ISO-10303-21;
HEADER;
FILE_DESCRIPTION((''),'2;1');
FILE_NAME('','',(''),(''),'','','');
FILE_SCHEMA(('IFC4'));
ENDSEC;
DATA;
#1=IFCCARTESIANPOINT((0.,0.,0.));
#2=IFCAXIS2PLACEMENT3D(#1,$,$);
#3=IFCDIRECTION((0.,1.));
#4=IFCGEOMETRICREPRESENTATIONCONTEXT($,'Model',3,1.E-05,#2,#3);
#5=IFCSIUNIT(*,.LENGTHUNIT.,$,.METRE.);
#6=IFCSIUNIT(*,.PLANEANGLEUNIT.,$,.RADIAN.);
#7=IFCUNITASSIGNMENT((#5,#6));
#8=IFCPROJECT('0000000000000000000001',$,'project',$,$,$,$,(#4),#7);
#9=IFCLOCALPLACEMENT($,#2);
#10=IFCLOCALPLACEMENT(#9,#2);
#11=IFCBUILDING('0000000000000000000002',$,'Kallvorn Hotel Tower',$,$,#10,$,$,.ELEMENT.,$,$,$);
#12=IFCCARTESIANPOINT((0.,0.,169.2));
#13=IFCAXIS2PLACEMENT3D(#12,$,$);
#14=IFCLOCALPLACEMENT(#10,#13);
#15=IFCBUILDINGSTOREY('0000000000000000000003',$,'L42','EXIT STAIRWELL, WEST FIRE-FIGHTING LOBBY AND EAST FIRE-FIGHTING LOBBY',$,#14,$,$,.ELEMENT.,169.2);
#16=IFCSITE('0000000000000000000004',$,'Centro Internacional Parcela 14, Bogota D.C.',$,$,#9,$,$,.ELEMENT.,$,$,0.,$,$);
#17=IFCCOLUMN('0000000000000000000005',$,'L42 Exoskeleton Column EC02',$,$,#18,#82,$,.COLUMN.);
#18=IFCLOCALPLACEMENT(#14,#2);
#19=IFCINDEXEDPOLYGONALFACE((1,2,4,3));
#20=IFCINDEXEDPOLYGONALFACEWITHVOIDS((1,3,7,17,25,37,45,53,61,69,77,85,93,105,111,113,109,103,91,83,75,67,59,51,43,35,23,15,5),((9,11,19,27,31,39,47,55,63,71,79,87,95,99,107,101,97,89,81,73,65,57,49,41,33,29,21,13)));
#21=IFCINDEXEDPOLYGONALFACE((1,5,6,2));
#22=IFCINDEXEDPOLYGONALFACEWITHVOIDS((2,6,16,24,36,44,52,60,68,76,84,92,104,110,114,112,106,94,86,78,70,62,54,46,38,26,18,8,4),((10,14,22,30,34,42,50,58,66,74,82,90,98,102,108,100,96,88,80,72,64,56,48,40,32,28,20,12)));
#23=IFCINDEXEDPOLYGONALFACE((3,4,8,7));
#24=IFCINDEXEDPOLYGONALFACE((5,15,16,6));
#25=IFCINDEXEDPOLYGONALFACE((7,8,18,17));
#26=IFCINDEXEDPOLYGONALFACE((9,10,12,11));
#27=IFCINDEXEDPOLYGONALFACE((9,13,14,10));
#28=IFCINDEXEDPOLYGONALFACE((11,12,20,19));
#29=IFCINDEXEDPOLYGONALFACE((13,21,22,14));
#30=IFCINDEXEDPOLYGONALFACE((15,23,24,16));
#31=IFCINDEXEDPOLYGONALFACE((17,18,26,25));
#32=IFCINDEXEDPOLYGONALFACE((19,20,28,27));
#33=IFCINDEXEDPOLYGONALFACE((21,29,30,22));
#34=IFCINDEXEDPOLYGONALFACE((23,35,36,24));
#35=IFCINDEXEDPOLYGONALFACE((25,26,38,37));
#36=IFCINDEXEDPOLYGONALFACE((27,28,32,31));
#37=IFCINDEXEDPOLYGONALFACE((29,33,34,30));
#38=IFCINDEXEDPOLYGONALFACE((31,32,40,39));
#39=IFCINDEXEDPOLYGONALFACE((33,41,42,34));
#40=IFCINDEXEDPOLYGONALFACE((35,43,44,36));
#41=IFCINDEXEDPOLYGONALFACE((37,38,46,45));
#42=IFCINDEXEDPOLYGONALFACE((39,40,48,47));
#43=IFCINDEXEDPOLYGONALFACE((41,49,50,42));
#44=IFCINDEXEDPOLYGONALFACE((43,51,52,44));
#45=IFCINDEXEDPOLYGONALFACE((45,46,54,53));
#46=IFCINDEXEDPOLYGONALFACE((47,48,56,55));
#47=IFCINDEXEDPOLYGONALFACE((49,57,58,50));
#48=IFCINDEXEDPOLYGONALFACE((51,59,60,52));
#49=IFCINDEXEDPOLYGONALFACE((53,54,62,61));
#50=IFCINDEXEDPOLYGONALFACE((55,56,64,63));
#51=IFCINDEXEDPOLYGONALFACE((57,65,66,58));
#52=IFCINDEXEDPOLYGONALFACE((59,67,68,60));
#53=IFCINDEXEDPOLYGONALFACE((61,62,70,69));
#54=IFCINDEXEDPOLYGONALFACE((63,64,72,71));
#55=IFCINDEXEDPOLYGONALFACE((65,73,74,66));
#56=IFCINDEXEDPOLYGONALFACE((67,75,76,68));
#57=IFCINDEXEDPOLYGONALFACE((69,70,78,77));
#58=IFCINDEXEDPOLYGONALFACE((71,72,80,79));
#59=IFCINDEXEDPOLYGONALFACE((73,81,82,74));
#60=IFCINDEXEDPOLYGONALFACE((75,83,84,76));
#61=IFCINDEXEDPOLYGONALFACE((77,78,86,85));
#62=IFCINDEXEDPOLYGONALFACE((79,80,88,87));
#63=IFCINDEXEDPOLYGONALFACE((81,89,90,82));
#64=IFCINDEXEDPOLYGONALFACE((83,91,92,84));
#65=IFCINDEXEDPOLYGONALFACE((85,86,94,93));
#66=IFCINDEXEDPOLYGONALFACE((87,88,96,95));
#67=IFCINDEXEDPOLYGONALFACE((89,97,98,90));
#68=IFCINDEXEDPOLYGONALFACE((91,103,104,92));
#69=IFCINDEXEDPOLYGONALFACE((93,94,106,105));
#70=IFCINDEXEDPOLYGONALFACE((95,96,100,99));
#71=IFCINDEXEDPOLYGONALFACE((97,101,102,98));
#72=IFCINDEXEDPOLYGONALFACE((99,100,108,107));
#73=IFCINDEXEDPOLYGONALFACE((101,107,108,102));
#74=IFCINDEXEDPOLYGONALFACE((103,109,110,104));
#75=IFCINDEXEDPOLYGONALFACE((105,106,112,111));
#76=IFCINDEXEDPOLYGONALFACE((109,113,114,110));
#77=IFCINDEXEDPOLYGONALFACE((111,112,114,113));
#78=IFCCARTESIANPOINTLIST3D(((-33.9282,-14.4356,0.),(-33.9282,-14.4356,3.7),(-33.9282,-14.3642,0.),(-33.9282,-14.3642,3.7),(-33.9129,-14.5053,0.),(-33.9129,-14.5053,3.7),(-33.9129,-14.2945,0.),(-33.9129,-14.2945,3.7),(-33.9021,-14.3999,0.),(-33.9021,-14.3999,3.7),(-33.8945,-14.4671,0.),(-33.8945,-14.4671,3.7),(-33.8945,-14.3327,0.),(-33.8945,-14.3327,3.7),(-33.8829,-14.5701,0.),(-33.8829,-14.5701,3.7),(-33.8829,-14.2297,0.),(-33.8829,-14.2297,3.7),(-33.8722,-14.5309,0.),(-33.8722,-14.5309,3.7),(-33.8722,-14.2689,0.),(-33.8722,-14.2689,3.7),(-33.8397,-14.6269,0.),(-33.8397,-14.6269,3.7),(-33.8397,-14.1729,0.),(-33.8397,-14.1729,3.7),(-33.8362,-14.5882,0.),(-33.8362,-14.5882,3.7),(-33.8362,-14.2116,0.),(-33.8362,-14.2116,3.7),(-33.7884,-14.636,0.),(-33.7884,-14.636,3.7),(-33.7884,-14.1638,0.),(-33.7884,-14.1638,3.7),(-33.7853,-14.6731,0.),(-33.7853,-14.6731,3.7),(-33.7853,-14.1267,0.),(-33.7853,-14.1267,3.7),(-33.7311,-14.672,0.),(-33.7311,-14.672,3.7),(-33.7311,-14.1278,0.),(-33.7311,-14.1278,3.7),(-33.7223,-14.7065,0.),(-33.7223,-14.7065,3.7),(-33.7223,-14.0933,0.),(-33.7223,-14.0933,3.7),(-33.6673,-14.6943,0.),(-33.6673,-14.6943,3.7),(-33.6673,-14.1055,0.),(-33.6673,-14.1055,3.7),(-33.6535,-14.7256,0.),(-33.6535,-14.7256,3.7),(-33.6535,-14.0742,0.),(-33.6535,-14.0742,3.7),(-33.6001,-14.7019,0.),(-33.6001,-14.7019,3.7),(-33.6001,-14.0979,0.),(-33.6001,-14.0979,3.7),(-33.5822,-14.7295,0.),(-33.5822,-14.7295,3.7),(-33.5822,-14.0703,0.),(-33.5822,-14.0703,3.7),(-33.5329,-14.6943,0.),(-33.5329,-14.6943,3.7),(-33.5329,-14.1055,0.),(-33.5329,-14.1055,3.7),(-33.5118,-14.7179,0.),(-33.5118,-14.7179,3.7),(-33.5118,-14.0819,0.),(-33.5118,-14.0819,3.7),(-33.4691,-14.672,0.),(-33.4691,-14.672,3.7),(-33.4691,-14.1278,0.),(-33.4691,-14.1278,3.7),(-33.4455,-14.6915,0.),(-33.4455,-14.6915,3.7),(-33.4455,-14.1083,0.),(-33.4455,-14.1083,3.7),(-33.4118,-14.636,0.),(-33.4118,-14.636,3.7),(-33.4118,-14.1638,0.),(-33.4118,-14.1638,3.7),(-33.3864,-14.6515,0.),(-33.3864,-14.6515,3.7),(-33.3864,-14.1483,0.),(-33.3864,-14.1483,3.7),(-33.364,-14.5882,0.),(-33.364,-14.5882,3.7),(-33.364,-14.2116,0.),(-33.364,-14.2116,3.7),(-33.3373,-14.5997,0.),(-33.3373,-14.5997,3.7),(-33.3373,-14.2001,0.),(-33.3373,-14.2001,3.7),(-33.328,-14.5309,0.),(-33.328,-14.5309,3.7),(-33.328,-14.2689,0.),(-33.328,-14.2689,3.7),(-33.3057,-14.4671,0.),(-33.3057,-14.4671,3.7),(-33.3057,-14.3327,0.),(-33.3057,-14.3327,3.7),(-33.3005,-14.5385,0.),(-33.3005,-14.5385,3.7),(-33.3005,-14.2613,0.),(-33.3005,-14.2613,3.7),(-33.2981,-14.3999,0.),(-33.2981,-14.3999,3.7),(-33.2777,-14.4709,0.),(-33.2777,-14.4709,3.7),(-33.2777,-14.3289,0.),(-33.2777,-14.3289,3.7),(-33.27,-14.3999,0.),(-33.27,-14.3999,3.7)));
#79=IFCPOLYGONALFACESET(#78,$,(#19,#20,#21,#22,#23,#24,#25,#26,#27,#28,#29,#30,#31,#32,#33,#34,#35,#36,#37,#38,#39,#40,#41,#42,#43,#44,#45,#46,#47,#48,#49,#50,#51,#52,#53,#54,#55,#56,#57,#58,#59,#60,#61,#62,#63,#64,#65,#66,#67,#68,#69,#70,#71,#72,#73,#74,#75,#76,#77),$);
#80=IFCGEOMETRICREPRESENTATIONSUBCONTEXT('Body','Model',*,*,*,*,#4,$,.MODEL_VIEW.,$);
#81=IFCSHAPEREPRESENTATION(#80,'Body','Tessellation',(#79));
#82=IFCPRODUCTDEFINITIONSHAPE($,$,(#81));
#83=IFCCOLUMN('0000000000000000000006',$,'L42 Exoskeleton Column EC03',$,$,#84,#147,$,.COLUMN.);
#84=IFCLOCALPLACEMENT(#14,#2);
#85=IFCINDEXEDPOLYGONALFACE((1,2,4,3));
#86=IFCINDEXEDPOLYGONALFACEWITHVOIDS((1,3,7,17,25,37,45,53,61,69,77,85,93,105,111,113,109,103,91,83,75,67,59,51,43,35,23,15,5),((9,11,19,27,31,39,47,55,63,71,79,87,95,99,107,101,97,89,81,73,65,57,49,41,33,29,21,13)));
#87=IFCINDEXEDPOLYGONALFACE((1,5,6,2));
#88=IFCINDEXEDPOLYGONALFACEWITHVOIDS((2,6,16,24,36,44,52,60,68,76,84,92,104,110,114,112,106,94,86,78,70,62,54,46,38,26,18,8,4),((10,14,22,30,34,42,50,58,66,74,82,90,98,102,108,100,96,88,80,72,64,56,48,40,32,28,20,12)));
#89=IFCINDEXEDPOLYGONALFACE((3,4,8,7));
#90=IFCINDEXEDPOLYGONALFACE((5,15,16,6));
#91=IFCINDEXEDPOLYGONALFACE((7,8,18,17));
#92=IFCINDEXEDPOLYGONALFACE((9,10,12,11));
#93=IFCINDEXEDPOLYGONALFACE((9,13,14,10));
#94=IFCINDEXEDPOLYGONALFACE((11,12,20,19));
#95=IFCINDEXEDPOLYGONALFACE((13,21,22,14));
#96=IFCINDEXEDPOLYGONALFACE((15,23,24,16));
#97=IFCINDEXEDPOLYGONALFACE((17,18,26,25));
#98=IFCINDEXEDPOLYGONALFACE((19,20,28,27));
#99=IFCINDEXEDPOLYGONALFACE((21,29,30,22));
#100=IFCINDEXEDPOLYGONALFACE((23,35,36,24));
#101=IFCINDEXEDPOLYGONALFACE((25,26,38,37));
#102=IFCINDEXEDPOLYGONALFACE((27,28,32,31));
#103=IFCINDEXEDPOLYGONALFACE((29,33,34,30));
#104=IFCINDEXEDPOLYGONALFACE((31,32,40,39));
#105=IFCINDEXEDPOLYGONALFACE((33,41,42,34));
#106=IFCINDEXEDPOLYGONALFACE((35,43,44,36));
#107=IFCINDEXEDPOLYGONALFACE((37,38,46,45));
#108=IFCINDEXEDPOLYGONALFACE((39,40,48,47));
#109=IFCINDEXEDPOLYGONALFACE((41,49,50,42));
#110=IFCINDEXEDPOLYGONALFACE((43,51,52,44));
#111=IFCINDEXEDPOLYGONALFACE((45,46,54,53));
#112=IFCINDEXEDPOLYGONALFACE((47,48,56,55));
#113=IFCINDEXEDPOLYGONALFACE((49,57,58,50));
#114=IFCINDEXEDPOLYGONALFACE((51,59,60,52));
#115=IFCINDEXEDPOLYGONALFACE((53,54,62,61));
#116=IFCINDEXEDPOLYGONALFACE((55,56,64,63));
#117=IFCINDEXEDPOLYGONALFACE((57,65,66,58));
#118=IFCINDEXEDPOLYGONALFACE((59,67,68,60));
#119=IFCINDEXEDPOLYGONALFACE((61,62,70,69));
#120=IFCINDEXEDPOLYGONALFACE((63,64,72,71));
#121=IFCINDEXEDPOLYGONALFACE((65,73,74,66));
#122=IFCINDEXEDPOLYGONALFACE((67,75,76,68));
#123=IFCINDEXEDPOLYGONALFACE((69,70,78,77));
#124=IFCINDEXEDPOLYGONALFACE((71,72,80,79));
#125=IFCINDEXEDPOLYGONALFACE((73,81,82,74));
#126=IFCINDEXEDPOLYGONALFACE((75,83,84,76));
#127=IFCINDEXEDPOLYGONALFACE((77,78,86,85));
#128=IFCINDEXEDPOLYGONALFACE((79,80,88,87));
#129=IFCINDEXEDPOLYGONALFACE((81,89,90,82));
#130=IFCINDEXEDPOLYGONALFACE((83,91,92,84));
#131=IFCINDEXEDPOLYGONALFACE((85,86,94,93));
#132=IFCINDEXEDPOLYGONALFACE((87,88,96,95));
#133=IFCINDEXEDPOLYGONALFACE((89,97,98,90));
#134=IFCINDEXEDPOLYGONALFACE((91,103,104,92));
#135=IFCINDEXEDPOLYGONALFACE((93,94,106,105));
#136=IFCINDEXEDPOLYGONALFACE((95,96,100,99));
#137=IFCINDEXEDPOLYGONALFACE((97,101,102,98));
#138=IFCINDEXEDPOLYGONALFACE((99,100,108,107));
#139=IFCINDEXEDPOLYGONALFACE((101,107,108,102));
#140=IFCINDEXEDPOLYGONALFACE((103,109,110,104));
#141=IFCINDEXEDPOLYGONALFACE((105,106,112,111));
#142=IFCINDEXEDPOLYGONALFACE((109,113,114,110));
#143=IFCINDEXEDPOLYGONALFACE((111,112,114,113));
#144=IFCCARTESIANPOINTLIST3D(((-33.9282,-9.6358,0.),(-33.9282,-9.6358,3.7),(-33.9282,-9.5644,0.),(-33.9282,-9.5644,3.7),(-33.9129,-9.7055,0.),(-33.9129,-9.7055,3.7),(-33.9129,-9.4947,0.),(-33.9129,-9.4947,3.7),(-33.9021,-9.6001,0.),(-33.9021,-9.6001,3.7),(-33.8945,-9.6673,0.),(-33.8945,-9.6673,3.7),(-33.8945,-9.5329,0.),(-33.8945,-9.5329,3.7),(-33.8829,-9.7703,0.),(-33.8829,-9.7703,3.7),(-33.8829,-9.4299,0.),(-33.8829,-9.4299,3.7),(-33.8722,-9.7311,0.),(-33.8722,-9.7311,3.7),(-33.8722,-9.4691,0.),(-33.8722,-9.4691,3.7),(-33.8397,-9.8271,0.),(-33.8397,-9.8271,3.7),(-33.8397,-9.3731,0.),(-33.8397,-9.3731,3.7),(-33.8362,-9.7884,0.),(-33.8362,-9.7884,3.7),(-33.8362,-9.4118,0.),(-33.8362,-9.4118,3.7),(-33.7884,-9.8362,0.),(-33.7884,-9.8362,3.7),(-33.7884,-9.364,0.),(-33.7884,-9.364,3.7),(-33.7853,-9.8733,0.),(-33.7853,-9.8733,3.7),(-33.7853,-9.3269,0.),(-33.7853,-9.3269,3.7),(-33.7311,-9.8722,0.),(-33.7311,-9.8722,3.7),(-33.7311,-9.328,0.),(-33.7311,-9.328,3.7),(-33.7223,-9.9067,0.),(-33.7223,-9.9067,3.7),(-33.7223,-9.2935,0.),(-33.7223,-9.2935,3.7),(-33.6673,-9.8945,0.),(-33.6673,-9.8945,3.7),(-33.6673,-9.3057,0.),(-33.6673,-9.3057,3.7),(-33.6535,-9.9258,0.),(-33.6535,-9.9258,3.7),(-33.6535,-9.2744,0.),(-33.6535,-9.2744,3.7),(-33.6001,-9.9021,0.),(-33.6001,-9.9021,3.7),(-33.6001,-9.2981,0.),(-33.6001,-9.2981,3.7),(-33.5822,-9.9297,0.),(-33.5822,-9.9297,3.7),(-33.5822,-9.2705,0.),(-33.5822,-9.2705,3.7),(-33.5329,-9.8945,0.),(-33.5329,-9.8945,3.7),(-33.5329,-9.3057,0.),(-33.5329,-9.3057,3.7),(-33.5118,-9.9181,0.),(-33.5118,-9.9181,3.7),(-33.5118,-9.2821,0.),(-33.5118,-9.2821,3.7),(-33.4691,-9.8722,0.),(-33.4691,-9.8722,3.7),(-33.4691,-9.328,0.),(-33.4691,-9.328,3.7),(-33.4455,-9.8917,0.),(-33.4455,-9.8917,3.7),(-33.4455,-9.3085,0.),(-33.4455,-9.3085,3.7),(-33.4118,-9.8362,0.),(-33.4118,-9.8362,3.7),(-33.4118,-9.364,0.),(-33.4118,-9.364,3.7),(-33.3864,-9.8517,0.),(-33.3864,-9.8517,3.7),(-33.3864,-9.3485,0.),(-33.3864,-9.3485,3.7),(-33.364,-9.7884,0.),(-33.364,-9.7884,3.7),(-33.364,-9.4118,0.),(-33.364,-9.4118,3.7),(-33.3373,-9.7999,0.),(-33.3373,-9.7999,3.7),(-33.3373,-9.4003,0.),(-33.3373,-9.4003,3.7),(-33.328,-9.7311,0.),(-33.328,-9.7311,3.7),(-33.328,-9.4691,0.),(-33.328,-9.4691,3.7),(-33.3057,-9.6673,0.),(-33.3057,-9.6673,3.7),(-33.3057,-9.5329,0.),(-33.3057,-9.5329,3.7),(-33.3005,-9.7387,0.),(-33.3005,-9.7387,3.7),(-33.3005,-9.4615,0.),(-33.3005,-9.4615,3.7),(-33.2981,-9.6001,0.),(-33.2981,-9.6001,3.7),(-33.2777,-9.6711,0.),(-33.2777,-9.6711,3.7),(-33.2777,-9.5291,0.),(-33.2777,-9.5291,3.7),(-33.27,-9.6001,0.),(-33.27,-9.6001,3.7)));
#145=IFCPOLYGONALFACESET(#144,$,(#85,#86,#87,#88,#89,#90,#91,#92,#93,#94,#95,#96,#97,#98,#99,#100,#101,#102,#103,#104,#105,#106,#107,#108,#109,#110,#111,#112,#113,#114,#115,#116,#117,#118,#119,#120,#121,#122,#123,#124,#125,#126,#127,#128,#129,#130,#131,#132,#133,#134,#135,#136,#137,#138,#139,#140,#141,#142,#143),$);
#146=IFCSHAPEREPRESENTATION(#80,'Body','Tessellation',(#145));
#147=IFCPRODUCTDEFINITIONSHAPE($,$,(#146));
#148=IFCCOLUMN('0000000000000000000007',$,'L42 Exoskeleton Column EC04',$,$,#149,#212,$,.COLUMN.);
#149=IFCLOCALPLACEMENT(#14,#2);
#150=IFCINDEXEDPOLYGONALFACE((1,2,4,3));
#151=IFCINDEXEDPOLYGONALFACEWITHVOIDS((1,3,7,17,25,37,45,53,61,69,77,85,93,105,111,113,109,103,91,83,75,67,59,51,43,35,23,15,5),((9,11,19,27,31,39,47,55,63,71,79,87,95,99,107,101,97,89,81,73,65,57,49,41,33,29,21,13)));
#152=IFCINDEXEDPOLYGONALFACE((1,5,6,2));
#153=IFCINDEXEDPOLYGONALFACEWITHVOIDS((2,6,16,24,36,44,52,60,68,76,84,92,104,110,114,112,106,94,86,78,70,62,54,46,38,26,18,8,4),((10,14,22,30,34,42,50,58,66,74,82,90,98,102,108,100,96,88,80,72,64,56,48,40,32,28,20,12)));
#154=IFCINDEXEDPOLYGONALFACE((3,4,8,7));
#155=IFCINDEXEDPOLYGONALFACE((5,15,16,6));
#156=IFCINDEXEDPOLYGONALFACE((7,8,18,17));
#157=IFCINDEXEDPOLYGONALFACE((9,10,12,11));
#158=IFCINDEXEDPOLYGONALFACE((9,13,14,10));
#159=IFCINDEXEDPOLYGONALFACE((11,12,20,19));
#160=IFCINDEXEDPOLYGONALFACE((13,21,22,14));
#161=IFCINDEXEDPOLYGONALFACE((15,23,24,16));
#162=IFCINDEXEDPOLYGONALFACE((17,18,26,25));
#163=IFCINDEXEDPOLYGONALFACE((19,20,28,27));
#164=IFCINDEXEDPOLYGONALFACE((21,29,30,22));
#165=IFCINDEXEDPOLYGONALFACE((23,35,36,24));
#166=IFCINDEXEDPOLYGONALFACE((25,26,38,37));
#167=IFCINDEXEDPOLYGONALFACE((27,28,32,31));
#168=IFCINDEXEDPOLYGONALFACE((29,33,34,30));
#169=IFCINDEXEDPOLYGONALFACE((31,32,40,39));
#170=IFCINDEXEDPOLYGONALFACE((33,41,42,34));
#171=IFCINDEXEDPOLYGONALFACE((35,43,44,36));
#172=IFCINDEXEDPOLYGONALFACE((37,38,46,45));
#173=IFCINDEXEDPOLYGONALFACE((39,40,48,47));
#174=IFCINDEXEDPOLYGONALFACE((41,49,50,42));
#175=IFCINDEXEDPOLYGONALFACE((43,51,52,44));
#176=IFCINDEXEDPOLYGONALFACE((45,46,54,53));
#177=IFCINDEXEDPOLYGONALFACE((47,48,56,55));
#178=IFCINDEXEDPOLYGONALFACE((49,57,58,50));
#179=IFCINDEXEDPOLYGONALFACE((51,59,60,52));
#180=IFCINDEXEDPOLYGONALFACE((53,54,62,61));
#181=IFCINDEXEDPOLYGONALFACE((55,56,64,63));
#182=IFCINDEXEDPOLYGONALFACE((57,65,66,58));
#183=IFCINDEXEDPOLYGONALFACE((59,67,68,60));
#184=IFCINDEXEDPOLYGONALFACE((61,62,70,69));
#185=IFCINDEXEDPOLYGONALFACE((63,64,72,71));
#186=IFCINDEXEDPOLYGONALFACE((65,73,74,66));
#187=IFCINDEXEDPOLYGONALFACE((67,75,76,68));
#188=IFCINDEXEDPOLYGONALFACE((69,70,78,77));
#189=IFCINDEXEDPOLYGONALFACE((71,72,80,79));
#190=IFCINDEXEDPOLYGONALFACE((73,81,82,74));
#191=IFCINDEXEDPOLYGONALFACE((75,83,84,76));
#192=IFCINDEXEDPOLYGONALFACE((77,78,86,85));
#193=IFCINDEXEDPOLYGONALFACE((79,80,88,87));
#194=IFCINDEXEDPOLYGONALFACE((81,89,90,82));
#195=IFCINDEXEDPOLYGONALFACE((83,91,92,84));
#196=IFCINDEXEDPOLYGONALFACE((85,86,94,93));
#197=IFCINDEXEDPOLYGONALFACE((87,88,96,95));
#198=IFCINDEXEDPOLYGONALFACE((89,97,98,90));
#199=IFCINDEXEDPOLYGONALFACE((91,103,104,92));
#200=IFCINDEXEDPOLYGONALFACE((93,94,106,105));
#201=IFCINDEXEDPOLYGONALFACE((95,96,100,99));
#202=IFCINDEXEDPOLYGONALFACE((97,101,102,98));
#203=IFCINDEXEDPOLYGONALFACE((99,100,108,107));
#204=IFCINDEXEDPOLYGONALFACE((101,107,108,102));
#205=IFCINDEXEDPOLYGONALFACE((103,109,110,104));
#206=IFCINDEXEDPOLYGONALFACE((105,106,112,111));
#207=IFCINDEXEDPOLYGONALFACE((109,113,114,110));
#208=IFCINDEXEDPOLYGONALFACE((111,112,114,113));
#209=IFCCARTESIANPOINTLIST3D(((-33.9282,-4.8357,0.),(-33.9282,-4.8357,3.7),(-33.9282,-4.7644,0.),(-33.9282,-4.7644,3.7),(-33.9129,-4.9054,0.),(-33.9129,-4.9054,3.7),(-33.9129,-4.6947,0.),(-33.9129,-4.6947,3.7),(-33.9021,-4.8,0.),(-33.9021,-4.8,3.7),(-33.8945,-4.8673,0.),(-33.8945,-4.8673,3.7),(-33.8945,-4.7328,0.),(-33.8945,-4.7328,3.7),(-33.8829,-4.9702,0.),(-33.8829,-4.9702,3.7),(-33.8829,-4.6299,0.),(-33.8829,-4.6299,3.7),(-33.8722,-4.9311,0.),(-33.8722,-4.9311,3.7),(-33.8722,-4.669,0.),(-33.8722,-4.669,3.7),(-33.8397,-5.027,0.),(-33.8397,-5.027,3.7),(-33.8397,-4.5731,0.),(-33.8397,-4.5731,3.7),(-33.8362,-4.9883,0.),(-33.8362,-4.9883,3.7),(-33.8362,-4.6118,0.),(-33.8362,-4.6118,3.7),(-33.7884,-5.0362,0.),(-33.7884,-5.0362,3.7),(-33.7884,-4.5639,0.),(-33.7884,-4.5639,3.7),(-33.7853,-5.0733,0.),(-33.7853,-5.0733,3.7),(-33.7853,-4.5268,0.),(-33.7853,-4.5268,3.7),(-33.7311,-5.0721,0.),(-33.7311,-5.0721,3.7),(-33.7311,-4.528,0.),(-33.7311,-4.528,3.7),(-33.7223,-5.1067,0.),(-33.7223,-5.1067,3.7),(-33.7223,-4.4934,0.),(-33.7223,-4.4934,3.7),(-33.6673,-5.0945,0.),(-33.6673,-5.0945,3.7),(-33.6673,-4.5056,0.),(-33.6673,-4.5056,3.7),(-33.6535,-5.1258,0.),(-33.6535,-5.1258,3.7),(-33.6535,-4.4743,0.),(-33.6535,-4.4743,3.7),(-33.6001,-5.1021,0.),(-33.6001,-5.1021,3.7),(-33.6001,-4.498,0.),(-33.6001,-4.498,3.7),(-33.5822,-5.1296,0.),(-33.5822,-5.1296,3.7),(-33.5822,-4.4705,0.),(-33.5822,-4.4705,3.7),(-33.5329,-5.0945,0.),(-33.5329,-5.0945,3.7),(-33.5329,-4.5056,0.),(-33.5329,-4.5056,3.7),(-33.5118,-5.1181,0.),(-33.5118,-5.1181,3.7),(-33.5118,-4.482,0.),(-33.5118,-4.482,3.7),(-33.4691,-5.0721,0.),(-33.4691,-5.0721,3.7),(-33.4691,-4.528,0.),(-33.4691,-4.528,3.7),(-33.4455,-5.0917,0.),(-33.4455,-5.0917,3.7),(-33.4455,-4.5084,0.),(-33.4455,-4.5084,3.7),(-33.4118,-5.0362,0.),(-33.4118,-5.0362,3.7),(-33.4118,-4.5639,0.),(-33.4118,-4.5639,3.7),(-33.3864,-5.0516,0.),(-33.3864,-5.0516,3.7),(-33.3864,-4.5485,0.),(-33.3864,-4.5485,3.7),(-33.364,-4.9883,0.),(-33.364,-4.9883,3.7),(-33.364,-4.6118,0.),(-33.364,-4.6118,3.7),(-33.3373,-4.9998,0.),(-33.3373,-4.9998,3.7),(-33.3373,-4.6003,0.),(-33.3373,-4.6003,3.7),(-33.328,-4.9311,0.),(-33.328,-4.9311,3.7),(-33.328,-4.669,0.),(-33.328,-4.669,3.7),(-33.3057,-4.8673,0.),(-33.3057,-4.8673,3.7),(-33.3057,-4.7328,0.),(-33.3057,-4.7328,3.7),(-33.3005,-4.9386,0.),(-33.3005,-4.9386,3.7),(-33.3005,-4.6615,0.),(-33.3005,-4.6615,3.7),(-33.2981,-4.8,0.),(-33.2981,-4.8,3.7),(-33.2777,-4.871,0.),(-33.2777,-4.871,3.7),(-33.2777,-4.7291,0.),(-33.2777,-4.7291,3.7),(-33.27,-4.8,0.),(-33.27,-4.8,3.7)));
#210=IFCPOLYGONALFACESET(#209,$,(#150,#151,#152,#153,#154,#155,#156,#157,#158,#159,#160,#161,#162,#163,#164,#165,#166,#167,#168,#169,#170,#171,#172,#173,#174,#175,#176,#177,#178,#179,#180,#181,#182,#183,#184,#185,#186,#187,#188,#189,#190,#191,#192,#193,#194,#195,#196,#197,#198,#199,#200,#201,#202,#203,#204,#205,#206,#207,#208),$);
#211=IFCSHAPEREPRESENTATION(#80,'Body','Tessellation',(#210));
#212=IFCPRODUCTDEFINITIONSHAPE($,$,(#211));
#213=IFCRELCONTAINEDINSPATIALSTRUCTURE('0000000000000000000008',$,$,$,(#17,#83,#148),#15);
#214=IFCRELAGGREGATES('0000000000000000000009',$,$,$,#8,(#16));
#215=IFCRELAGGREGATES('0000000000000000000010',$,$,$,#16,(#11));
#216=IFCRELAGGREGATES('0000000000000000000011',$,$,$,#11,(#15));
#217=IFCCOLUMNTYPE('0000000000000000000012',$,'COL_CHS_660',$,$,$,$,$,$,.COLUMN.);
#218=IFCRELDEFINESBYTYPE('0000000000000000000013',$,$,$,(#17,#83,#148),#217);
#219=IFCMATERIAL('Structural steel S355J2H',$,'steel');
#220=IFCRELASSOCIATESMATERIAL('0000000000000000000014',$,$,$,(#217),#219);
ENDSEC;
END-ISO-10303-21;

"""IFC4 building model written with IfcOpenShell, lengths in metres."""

from ifc_helpers import new_model, si_unit, direction, frame, origin, origin_2d, place, context, subcontext, project, spatial, hollow_circle, extrude, material, material_profile, profile_set, type_object, element, save


model = new_model("IFC4")

# Units and contexts
model_context = context("Model", 3, precision=1e-05, world=origin(), true_north=direction((0.0, 1.0)))
body_context = subcontext(model_context, "Body", "Model", "MODEL_VIEW")
ifc_project = project(units=[si_unit("LENGTHUNIT", "METRE"), si_unit("PLANEANGLEUNIT", "RADIAN")], contexts=[model_context])

# Site, building, storey
site_placement = place(None, origin())
site = spatial("IfcSite", under=ifc_project, at=site_placement, Name="Centro Internacional Parcela 14, Bogota D.C.", CompositionType="ELEMENT", RefElevation=0.0)
building_placement = place(site_placement, origin())
building = spatial("IfcBuilding", under=site, at=building_placement, Name="Kallvorn Hotel Tower", CompositionType="ELEMENT")
storey_placement = place(building_placement, frame((0.0, 0.0, 169.2)))
storey = spatial("IfcBuildingStorey", under=building, at=storey_placement, Name="L42", Description="EXIT STAIRWELL, WEST FIRE-FIGHTING LOBBY AND EAST FIRE-FIGHTING LOBBY", CompositionType="ELEMENT", Elevation=169.2)

# Columns
ifc_material_1 = material(Name="Structural steel S355J2H", Category="steel")
ifc_material_profile_1 = material_profile(ifc_material_1, hollow_circle(Radius=0.3301, WallThickness=0.0281, at=origin_2d()), Name="CHS 660x28")
ifc_profile_set_1 = profile_set([ifc_material_profile_1], Name="Structural steel S355J2H")
column_type_1 = type_object("IfcColumnType", Name="COL_CHS_660", PredefinedType="COLUMN", material=ifc_profile_set_1)
for number, where, z_axis, x_axis, name in (
    (1, (-33.6001, -14.3999, 0.0), (0.0, 0.0, 1.0), (1.0, 0.0, 0.0), "L42 Exoskeleton Column EC02"),
    (2, (-33.6001, -9.6001, 0.0), (0.0, 0.0, 1.0), (1.0, 0.0, 0.0), "L42 Exoskeleton Column EC03"),
    (3, (-33.6001, -4.8, 0.0), (0.0, 0.0, 1.0), (1.0, 0.0, 0.0), "L42 Exoskeleton Column EC04"),
):
    element("IfcColumn", number, at=place(storey_placement, frame(where, z_axis=z_axis, x_axis=x_axis)), inside=storey, type_object=column_type_1, Name=name, PredefinedType="COLUMN", context=body_context, shape_type="SweptSolid", body=[
        extrude(hollow_circle(Radius=0.3301, WallThickness=0.0281, at=origin_2d()), origin(), (0.0, 0.0, 1.0), 3.7),
    ])

save(model, "model.ifc")
